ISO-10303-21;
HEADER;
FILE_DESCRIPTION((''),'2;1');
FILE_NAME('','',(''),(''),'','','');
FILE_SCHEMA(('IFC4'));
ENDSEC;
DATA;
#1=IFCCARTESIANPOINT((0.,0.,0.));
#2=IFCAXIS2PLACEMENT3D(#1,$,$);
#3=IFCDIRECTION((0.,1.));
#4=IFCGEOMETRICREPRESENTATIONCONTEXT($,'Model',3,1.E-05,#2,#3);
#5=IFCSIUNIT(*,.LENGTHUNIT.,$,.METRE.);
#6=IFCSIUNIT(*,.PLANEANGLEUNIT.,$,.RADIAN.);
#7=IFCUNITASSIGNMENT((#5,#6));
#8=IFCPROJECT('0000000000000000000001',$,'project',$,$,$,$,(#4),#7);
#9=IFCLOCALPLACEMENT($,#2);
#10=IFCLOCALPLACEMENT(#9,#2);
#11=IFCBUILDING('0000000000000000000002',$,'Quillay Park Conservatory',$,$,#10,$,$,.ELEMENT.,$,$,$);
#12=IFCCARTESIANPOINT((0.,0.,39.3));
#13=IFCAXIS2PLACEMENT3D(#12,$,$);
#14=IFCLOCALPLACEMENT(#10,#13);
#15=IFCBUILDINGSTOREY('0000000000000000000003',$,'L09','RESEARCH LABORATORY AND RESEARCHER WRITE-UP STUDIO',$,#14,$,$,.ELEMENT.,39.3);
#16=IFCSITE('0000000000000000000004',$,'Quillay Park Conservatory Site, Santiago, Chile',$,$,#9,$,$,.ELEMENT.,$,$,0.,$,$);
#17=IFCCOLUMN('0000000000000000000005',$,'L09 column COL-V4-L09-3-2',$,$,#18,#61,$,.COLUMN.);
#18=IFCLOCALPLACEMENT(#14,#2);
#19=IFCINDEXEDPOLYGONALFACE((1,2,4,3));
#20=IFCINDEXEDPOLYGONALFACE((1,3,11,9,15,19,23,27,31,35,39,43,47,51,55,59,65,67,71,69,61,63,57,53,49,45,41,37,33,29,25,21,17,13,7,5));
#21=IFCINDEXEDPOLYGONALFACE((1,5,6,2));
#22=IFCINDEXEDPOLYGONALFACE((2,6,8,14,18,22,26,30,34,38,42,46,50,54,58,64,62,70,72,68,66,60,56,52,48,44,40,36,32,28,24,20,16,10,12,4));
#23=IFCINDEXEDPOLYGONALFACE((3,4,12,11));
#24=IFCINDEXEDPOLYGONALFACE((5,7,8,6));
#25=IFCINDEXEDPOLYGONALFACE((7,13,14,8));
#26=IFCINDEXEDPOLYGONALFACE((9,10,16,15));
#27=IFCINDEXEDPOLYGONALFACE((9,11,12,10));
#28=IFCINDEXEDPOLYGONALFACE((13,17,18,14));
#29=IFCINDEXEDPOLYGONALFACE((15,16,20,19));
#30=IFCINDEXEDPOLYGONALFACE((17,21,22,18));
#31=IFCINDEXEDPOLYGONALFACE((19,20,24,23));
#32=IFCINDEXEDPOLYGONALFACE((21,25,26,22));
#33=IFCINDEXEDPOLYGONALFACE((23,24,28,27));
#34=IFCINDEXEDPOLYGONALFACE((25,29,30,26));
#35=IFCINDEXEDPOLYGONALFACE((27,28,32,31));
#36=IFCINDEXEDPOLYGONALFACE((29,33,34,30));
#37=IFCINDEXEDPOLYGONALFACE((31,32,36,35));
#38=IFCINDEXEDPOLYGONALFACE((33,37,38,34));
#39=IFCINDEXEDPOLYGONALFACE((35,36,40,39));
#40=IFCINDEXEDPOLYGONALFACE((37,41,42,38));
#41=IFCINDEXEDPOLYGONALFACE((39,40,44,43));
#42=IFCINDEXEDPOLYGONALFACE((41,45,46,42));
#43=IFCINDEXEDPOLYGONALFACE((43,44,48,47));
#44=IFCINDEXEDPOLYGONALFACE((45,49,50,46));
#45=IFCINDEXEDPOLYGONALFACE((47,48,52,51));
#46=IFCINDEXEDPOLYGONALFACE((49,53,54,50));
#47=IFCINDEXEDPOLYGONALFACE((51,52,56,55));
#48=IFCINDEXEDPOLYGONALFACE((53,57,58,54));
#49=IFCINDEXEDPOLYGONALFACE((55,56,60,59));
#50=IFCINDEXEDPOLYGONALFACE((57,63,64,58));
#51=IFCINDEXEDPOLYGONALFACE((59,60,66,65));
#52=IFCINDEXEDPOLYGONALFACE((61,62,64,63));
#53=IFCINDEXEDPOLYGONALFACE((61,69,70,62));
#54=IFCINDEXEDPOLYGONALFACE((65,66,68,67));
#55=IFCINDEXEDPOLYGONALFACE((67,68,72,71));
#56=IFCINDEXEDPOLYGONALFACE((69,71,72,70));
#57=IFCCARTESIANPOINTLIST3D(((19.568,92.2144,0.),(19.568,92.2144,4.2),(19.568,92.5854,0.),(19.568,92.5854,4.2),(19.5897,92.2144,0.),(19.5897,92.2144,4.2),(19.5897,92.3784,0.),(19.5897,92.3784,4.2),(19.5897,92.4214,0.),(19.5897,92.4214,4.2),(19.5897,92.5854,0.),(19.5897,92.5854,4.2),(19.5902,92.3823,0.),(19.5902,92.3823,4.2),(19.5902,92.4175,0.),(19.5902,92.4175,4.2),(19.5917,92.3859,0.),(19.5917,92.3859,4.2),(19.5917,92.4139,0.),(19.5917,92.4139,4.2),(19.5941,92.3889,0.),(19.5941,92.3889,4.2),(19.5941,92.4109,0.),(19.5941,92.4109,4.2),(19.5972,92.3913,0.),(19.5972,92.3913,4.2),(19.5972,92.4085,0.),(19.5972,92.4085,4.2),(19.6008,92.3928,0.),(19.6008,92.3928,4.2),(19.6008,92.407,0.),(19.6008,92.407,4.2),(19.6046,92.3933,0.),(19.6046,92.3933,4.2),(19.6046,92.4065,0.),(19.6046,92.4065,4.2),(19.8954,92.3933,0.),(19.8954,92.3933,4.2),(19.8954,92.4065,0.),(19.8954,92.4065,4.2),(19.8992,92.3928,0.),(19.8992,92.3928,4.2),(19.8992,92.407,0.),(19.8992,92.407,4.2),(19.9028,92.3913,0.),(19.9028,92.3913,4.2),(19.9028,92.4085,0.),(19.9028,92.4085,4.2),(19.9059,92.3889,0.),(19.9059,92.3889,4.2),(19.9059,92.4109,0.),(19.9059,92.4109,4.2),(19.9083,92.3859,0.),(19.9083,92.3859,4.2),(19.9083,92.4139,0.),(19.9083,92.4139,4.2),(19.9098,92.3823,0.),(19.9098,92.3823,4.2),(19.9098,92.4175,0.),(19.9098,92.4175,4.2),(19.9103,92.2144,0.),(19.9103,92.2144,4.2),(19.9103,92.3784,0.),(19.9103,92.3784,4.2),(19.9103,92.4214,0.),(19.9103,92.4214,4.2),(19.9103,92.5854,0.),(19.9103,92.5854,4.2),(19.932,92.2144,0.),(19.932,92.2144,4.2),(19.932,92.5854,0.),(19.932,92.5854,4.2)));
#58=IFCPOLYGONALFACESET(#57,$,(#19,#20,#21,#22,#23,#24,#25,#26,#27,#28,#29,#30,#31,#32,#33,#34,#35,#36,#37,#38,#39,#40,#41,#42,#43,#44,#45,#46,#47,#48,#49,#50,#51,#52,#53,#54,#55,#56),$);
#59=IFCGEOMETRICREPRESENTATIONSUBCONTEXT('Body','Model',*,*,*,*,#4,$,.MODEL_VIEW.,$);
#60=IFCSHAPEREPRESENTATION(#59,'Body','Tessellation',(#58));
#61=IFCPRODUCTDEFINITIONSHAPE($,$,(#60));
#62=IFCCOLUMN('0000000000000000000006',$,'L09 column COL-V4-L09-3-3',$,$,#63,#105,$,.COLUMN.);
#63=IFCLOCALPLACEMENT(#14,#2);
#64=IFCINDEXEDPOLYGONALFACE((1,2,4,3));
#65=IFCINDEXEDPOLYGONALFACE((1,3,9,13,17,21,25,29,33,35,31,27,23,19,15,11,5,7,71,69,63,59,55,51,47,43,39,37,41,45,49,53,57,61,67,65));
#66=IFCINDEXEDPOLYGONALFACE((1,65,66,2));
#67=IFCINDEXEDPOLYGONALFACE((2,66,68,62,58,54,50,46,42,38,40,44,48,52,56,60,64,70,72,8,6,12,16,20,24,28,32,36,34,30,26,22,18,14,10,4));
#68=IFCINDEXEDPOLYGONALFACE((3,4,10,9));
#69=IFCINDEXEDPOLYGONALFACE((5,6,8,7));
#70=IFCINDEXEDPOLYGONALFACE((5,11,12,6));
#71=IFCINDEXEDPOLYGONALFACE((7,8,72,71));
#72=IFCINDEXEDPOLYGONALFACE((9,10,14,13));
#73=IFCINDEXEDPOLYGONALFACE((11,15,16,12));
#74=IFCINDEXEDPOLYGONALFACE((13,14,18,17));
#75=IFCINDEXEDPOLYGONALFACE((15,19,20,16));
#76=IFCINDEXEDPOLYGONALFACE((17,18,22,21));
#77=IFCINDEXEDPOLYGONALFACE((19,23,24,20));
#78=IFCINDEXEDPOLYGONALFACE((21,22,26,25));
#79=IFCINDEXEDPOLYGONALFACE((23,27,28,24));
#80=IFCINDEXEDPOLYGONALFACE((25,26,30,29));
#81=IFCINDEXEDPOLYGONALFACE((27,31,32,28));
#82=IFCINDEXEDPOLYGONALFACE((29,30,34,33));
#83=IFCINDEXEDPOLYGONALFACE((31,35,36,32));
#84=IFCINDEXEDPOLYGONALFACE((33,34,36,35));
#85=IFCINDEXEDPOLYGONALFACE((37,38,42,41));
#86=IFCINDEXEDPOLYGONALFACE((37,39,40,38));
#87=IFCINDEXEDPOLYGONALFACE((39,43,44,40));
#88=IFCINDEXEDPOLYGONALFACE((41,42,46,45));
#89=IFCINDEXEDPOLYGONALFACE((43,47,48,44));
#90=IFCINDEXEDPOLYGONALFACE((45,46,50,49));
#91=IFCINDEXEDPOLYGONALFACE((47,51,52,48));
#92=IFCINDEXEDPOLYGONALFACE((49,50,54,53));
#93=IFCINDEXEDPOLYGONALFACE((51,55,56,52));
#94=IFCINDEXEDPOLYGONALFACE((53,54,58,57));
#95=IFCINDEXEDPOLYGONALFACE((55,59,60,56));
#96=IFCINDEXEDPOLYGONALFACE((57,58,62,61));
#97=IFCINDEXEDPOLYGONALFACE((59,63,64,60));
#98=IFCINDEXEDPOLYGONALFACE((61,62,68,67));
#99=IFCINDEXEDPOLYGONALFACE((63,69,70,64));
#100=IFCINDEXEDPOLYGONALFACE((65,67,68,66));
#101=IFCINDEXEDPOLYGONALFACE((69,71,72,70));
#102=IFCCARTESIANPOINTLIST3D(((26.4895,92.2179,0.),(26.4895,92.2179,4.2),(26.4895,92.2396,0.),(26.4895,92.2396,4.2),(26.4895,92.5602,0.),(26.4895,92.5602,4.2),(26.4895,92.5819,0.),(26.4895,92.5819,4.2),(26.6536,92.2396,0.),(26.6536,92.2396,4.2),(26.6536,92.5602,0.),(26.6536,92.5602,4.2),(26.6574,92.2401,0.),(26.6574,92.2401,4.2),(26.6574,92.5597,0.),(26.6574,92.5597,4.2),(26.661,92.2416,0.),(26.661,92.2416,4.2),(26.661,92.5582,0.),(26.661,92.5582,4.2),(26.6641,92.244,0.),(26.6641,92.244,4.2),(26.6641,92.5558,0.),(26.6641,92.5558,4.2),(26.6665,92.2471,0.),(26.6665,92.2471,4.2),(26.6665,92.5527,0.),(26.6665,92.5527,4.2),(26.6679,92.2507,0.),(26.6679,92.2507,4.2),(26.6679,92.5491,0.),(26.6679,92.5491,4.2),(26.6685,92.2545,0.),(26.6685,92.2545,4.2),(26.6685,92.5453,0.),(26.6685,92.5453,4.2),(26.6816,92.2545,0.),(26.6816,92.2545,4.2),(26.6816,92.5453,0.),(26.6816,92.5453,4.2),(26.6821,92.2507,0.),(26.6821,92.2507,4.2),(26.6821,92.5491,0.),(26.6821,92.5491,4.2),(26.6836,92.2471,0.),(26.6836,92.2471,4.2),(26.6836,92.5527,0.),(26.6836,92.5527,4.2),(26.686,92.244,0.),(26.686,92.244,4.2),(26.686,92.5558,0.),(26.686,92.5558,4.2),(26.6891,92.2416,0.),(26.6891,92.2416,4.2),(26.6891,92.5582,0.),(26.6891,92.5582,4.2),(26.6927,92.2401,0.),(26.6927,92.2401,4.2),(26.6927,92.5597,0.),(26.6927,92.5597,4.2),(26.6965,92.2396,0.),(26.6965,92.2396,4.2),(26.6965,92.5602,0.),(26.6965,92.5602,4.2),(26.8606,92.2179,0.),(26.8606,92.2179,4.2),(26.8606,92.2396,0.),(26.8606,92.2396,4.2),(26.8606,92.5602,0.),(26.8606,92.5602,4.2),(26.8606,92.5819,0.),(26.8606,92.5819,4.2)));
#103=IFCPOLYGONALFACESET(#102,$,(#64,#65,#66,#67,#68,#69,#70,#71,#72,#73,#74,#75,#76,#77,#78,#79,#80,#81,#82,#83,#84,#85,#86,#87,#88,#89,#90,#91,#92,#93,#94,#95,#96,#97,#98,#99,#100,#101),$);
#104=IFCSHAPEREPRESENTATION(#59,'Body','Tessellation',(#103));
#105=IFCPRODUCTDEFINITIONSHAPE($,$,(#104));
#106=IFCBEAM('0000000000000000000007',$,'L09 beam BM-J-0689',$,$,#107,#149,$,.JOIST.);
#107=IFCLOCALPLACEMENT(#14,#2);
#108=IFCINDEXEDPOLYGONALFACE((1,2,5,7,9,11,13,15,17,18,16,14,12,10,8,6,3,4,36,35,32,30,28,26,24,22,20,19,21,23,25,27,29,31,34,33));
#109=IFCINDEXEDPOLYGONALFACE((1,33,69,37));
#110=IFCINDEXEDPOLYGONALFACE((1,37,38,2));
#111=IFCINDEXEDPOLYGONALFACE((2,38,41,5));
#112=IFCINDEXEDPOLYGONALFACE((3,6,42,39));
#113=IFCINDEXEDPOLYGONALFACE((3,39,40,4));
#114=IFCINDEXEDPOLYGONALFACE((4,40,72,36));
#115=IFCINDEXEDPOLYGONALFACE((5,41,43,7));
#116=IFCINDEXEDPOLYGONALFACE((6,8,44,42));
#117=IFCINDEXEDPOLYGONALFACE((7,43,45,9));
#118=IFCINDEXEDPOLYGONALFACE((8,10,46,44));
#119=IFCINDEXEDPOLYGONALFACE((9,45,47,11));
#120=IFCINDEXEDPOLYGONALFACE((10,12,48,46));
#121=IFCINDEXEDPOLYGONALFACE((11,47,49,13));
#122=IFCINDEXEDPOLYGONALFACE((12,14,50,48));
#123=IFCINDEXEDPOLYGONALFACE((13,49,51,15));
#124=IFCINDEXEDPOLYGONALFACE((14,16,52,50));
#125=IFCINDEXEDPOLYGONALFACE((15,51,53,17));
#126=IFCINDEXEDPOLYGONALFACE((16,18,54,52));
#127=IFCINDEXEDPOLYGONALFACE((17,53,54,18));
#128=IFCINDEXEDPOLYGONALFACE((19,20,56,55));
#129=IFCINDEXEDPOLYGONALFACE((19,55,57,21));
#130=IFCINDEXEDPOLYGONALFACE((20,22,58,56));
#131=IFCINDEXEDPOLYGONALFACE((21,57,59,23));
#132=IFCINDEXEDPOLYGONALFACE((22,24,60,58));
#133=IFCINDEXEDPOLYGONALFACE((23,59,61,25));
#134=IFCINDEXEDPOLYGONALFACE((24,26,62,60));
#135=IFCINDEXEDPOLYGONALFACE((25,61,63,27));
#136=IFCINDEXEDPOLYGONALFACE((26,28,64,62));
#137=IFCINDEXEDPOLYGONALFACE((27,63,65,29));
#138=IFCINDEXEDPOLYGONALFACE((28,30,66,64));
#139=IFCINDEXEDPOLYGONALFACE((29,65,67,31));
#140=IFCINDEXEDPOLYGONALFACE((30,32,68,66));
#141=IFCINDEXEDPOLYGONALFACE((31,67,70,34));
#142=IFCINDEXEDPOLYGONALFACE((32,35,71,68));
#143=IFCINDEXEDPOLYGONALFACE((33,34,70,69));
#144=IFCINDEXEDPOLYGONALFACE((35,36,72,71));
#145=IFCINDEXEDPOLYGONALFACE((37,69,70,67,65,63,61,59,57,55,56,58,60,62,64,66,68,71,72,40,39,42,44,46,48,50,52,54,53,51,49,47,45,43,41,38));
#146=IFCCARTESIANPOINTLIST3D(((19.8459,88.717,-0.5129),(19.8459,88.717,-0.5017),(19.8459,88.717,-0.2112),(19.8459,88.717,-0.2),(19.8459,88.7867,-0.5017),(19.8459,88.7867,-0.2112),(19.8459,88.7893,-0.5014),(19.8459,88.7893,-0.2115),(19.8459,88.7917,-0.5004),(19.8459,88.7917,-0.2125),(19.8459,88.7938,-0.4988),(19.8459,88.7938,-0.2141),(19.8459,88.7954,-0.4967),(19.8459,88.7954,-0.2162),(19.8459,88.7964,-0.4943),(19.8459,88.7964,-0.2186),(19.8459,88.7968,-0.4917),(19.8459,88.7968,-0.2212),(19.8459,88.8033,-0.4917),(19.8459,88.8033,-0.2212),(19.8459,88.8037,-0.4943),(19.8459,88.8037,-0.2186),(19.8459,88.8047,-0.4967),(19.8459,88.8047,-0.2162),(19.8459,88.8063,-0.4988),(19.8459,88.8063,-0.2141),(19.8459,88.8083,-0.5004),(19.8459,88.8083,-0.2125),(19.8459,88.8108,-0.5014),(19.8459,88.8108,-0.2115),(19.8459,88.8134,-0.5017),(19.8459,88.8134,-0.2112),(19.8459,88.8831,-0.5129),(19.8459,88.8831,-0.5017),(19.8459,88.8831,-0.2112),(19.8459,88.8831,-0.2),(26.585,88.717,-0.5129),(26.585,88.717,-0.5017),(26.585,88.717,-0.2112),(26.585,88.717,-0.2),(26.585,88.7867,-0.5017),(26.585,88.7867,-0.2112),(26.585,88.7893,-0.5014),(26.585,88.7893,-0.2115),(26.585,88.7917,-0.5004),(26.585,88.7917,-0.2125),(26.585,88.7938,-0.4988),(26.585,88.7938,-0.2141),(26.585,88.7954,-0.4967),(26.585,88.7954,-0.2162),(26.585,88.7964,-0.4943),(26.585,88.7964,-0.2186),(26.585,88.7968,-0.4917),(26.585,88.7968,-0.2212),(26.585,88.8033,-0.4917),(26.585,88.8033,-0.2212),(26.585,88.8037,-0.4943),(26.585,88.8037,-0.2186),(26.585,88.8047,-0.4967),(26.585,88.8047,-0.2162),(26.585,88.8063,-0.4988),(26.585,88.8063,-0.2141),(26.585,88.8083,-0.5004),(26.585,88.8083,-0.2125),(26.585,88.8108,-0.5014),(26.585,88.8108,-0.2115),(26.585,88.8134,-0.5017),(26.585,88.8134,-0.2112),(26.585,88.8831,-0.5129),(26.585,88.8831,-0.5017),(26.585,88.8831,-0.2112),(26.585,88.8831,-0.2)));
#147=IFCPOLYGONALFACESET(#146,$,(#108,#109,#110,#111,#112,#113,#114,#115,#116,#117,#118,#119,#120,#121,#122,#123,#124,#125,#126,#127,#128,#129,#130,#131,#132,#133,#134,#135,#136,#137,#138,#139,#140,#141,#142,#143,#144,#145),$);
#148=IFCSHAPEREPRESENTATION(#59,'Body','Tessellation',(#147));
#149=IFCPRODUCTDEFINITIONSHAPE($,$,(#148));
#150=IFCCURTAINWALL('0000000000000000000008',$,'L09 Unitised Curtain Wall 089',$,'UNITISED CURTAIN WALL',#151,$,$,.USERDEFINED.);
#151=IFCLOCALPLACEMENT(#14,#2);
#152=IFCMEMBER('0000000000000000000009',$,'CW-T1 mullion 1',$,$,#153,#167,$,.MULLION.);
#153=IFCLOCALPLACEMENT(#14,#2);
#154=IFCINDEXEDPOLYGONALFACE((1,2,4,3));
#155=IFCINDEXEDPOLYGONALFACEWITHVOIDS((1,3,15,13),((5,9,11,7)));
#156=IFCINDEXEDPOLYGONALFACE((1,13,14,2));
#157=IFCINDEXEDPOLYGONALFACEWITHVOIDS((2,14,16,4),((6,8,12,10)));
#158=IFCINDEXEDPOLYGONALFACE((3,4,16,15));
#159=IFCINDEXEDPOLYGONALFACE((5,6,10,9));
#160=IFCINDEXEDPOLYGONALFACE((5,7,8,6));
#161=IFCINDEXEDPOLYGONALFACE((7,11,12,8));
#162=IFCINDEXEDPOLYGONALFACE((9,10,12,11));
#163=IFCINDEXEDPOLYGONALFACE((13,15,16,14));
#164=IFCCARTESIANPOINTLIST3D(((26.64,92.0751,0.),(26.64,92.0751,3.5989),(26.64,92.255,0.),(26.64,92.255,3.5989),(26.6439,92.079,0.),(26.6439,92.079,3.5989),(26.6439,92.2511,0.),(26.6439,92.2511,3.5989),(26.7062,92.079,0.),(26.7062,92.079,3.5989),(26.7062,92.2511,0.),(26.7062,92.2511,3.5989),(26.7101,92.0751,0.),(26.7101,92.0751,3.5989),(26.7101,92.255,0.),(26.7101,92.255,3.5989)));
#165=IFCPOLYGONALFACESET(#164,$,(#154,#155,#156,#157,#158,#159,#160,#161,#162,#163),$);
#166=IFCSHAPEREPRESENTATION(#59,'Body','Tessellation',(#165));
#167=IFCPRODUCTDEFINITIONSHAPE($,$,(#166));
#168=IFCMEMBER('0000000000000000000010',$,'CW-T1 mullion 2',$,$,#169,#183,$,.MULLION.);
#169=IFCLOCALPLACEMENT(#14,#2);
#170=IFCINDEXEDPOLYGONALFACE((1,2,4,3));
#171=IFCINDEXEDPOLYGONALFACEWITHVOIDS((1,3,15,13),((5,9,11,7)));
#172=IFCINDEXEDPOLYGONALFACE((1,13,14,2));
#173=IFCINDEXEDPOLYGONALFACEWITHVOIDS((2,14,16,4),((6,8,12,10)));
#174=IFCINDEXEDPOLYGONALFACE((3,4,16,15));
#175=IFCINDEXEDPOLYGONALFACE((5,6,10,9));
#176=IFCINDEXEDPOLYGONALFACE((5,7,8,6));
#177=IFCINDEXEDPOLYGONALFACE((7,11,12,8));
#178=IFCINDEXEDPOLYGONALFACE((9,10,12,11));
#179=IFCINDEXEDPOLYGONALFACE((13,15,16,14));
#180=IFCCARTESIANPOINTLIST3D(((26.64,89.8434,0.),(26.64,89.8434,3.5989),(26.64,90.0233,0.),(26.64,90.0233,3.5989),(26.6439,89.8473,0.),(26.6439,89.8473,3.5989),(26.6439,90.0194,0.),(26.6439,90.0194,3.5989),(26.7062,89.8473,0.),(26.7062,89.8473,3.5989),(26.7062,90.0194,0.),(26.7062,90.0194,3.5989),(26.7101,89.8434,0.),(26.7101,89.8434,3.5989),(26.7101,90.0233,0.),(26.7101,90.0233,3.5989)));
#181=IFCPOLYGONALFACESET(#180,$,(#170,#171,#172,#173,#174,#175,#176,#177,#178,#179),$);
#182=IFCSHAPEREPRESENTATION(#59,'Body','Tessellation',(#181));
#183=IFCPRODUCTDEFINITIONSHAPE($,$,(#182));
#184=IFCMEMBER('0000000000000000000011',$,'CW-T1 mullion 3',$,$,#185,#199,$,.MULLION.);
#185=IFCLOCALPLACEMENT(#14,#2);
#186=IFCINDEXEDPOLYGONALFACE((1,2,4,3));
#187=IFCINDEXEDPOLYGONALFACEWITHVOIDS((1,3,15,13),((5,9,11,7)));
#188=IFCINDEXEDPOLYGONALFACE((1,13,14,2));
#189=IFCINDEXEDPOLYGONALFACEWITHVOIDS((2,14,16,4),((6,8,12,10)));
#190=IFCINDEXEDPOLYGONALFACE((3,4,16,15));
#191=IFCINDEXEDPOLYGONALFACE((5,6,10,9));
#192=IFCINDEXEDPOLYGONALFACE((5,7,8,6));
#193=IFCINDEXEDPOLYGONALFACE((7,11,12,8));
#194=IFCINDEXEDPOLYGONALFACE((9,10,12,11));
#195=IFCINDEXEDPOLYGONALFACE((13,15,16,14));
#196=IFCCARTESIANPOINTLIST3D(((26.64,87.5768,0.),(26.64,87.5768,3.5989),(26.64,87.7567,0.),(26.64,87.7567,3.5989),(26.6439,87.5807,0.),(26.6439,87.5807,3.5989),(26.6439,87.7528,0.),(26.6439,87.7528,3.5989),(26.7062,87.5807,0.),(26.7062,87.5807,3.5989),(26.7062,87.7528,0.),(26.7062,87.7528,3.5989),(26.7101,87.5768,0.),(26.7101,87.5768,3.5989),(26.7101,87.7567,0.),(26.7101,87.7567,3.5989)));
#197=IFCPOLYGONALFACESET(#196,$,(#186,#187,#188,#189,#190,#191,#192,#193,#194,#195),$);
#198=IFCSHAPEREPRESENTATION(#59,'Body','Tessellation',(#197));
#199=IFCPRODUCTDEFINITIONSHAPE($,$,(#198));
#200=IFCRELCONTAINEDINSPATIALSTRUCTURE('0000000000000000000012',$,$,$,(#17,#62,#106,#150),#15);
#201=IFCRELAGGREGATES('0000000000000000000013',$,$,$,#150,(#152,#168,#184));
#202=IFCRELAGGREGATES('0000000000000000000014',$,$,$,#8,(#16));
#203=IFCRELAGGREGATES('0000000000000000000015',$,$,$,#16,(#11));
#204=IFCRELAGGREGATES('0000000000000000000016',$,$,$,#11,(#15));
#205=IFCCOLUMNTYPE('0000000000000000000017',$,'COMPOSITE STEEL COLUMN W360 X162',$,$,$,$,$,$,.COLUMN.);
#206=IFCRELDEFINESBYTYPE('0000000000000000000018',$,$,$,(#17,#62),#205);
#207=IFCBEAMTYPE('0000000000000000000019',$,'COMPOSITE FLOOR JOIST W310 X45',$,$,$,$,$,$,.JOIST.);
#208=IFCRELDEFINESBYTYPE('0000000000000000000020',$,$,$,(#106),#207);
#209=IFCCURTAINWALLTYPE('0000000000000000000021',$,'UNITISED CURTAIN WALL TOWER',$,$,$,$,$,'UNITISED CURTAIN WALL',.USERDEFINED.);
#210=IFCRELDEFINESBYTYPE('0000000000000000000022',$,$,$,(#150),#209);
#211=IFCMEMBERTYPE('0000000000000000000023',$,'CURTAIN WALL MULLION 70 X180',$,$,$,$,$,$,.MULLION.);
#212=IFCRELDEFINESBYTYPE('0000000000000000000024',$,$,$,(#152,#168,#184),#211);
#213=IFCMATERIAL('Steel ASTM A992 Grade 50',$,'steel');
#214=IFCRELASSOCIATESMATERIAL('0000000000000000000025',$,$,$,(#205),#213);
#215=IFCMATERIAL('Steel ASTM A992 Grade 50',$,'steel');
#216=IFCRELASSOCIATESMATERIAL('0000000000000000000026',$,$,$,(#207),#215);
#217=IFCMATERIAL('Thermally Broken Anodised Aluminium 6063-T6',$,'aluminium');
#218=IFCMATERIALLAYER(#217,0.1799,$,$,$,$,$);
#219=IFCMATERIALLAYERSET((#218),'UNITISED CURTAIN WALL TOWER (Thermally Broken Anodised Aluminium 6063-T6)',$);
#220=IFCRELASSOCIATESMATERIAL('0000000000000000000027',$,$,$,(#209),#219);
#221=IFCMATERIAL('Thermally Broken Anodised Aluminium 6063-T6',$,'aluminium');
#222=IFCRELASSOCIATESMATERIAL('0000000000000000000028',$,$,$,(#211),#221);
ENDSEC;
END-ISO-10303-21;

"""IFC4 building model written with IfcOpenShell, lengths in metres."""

from ifc_helpers import new_model, si_unit, direction, frame, origin, origin_2d, place, context, subcontext, project, spatial, hollow_rectangle, i_section, extrude, material, layer, layer_set, material_profile, profile_set, type_object, element, aggregate, save


model = new_model("IFC4")

# Units and contexts
model_context = context("Model", 3, precision=1e-05, world=origin(), true_north=direction((0.0, 1.0)))
body_context = subcontext(model_context, "Body", "Model", "MODEL_VIEW")
ifc_project = project(units=[si_unit("LENGTHUNIT", "METRE"), si_unit("PLANEANGLEUNIT", "RADIAN")], contexts=[model_context])

# Site, building, storey
site_placement = place(None, origin())
site = spatial("IfcSite", under=ifc_project, at=site_placement, Name="Quillay Park Conservatory Site, Santiago, Chile", CompositionType="ELEMENT", RefElevation=0.0)
building_placement = place(site_placement, origin())
building = spatial("IfcBuilding", under=site, at=building_placement, Name="Quillay Park Conservatory", CompositionType="ELEMENT")
storey_placement = place(building_placement, frame((0.0, 0.0, 39.3)))
storey = spatial("IfcBuildingStorey", under=building, at=storey_placement, Name="L09", Description="RESEARCH LABORATORY AND RESEARCHER WRITE-UP STUDIO", CompositionType="ELEMENT", Elevation=39.3)

# Columns
ifc_material_1 = material(Name="Steel ASTM A992 Grade 50", Category="steel")
ifc_material_profile_1 = material_profile(ifc_material_1, i_section(OverallWidth=0.3711, OverallDepth=0.364, WebThickness=0.0132, FlangeThickness=0.0217, FilletRadius=0.0149, at=origin_2d()), Name="W360x162")
ifc_profile_set_1 = profile_set([ifc_material_profile_1], Name="Steel ASTM A992 Grade 50")
column_type = type_object("IfcColumnType", Name="COMPOSITE STEEL COLUMN W360 X162", PredefinedType="COLUMN", material=ifc_profile_set_1)
for number, where, z_axis, x_axis, name in (
    (1, (19.75, 92.3999, 0.0), (0.0, 0.0, 1.0), (0.0, 1.0, 0.0), "L09 column COL-V4-L09-3-2"),
    (2, (26.675, 92.3999, 0.0), (0.0, 0.0, 1.0), (1.0, 0.0, 0.0), "L09 column COL-V4-L09-3-3"),
):
    element("IfcColumn", number, at=place(storey_placement, frame(where, z_axis=z_axis, x_axis=x_axis)), inside=storey, type_object=column_type, Name=name, PredefinedType="COLUMN", context=body_context, shape_type="SweptSolid", body=[
        extrude(i_section(OverallWidth=0.3711, OverallDepth=0.364, WebThickness=0.0132, FlangeThickness=0.0217, FilletRadius=0.0149, at=origin_2d()), origin(), (0.0, 0.0, 1.0), 4.2),
    ])

# Beam
ifc_material_2 = material(Name="Steel ASTM A992 Grade 50", Category="steel")
ifc_material_profile_2 = material_profile(ifc_material_2, i_section(OverallWidth=0.166, OverallDepth=0.313, WebThickness=0.0066, FlangeThickness=0.0112, FilletRadius=0.01, at=origin_2d()), Name="W310x45")
ifc_profile_set_2 = profile_set([ifc_material_profile_2], Name="Steel ASTM A992 Grade 50")
beam_type_1 = type_object("IfcBeamType", Name="COMPOSITE FLOOR JOIST W310 X45", PredefinedType="JOIST", material=ifc_profile_set_2)
beam_1_placement = place(storey_placement, frame((19.8459, 88.8, -0.3564), z_axis=(1.0, 0.0, 0.0), x_axis=(0.0, 1.0, 0.0)))
element("IfcBeam", 3, at=beam_1_placement, inside=storey, type_object=beam_type_1, Name="L09 beam BM-J-0689", PredefinedType="JOIST", context=body_context, shape_type="SweptSolid", body=[
    extrude(i_section(OverallWidth=0.166, OverallDepth=0.313, WebThickness=0.0066, FlangeThickness=0.0112, FilletRadius=0.01, at=origin_2d()), origin(), (0.0, 0.0, 1.0), 6.739),
])

# Curtain wall, members
ifc_material_3 = material(Name="Thermally Broken Anodised Aluminium 6063-T6", Category="aluminium")
ifc_layer_1 = layer(ifc_material_3, 0.1799)
ifc_layer_set_1 = layer_set([ifc_layer_1], Name="UNITISED CURTAIN WALL TOWER (Thermally Broken Anodised Aluminium 6063-T6)")
curtain_wall_type = type_object("IfcCurtainWallType", Name="UNITISED CURTAIN WALL TOWER", ElementType="UNITISED CURTAIN WALL", PredefinedType="USERDEFINED", material=ifc_layer_set_1)
curtain_wall_1_placement = place(storey_placement, origin())
curtain_wall_1 = element("IfcCurtainWall", 4, at=curtain_wall_1_placement, inside=storey, type_object=curtain_wall_type, Name="L09 Unitised Curtain Wall 089", ObjectType="UNITISED CURTAIN WALL", PredefinedType="USERDEFINED")
ifc_material_4 = material(Name="Thermally Broken Anodised Aluminium 6063-T6", Category="aluminium")
ifc_material_profile_3 = material_profile(ifc_material_4, hollow_rectangle(XDim=0.0701, YDim=0.1799, WallThickness=0.0039, at=origin_2d()), Name="AL70x180x4")
ifc_profile_set_3 = profile_set([ifc_material_profile_3], Name="Thermally Broken Anodised Aluminium 6063-T6")
member_type_1 = type_object("IfcMemberType", Name="CURTAIN WALL MULLION 70 X180", PredefinedType="MULLION", material=ifc_profile_set_3)
member_1_placement = place(storey_placement, frame((26.675, 92.165, 0.0), z_axis=(0.0, 0.0, 1.0), x_axis=(1.0, 0.0, 0.0)))
member_1 = element("IfcMember", 5, at=member_1_placement, type_object=member_type_1, Name="CW-T1 mullion 1", PredefinedType="MULLION", context=body_context, shape_type="SweptSolid", body=[
    extrude(hollow_rectangle(XDim=0.0701, YDim=0.1799, WallThickness=0.0039, at=origin_2d()), origin(), (0.0, 0.0, 1.0), 3.5989),
])
member_2_placement = place(storey_placement, frame((26.675, 89.9333, 0.0), z_axis=(0.0, 0.0, 1.0), x_axis=(1.0, 0.0, 0.0)))
member_2 = element("IfcMember", 6, at=member_2_placement, type_object=member_type_1, Name="CW-T1 mullion 2", PredefinedType="MULLION", context=body_context, shape_type="SweptSolid", body=[
    extrude(hollow_rectangle(XDim=0.0701, YDim=0.1799, WallThickness=0.0039, at=origin_2d()), origin(), (0.0, 0.0, 1.0), 3.5989),
])
member_3_placement = place(storey_placement, frame((26.675, 87.6667, 0.0), z_axis=(0.0, 0.0, 1.0), x_axis=(1.0, 0.0, 0.0)))
member_3 = element("IfcMember", 7, at=member_3_placement, type_object=member_type_1, Name="CW-T1 mullion 3", PredefinedType="MULLION", context=body_context, shape_type="SweptSolid", body=[
    extrude(hollow_rectangle(XDim=0.0701, YDim=0.1799, WallThickness=0.0039, at=origin_2d()), origin(), (0.0, 0.0, 1.0), 3.5989),
])

aggregate(curtain_wall_1, [member_1, member_2, member_3])

save(model, "model.ifc")
